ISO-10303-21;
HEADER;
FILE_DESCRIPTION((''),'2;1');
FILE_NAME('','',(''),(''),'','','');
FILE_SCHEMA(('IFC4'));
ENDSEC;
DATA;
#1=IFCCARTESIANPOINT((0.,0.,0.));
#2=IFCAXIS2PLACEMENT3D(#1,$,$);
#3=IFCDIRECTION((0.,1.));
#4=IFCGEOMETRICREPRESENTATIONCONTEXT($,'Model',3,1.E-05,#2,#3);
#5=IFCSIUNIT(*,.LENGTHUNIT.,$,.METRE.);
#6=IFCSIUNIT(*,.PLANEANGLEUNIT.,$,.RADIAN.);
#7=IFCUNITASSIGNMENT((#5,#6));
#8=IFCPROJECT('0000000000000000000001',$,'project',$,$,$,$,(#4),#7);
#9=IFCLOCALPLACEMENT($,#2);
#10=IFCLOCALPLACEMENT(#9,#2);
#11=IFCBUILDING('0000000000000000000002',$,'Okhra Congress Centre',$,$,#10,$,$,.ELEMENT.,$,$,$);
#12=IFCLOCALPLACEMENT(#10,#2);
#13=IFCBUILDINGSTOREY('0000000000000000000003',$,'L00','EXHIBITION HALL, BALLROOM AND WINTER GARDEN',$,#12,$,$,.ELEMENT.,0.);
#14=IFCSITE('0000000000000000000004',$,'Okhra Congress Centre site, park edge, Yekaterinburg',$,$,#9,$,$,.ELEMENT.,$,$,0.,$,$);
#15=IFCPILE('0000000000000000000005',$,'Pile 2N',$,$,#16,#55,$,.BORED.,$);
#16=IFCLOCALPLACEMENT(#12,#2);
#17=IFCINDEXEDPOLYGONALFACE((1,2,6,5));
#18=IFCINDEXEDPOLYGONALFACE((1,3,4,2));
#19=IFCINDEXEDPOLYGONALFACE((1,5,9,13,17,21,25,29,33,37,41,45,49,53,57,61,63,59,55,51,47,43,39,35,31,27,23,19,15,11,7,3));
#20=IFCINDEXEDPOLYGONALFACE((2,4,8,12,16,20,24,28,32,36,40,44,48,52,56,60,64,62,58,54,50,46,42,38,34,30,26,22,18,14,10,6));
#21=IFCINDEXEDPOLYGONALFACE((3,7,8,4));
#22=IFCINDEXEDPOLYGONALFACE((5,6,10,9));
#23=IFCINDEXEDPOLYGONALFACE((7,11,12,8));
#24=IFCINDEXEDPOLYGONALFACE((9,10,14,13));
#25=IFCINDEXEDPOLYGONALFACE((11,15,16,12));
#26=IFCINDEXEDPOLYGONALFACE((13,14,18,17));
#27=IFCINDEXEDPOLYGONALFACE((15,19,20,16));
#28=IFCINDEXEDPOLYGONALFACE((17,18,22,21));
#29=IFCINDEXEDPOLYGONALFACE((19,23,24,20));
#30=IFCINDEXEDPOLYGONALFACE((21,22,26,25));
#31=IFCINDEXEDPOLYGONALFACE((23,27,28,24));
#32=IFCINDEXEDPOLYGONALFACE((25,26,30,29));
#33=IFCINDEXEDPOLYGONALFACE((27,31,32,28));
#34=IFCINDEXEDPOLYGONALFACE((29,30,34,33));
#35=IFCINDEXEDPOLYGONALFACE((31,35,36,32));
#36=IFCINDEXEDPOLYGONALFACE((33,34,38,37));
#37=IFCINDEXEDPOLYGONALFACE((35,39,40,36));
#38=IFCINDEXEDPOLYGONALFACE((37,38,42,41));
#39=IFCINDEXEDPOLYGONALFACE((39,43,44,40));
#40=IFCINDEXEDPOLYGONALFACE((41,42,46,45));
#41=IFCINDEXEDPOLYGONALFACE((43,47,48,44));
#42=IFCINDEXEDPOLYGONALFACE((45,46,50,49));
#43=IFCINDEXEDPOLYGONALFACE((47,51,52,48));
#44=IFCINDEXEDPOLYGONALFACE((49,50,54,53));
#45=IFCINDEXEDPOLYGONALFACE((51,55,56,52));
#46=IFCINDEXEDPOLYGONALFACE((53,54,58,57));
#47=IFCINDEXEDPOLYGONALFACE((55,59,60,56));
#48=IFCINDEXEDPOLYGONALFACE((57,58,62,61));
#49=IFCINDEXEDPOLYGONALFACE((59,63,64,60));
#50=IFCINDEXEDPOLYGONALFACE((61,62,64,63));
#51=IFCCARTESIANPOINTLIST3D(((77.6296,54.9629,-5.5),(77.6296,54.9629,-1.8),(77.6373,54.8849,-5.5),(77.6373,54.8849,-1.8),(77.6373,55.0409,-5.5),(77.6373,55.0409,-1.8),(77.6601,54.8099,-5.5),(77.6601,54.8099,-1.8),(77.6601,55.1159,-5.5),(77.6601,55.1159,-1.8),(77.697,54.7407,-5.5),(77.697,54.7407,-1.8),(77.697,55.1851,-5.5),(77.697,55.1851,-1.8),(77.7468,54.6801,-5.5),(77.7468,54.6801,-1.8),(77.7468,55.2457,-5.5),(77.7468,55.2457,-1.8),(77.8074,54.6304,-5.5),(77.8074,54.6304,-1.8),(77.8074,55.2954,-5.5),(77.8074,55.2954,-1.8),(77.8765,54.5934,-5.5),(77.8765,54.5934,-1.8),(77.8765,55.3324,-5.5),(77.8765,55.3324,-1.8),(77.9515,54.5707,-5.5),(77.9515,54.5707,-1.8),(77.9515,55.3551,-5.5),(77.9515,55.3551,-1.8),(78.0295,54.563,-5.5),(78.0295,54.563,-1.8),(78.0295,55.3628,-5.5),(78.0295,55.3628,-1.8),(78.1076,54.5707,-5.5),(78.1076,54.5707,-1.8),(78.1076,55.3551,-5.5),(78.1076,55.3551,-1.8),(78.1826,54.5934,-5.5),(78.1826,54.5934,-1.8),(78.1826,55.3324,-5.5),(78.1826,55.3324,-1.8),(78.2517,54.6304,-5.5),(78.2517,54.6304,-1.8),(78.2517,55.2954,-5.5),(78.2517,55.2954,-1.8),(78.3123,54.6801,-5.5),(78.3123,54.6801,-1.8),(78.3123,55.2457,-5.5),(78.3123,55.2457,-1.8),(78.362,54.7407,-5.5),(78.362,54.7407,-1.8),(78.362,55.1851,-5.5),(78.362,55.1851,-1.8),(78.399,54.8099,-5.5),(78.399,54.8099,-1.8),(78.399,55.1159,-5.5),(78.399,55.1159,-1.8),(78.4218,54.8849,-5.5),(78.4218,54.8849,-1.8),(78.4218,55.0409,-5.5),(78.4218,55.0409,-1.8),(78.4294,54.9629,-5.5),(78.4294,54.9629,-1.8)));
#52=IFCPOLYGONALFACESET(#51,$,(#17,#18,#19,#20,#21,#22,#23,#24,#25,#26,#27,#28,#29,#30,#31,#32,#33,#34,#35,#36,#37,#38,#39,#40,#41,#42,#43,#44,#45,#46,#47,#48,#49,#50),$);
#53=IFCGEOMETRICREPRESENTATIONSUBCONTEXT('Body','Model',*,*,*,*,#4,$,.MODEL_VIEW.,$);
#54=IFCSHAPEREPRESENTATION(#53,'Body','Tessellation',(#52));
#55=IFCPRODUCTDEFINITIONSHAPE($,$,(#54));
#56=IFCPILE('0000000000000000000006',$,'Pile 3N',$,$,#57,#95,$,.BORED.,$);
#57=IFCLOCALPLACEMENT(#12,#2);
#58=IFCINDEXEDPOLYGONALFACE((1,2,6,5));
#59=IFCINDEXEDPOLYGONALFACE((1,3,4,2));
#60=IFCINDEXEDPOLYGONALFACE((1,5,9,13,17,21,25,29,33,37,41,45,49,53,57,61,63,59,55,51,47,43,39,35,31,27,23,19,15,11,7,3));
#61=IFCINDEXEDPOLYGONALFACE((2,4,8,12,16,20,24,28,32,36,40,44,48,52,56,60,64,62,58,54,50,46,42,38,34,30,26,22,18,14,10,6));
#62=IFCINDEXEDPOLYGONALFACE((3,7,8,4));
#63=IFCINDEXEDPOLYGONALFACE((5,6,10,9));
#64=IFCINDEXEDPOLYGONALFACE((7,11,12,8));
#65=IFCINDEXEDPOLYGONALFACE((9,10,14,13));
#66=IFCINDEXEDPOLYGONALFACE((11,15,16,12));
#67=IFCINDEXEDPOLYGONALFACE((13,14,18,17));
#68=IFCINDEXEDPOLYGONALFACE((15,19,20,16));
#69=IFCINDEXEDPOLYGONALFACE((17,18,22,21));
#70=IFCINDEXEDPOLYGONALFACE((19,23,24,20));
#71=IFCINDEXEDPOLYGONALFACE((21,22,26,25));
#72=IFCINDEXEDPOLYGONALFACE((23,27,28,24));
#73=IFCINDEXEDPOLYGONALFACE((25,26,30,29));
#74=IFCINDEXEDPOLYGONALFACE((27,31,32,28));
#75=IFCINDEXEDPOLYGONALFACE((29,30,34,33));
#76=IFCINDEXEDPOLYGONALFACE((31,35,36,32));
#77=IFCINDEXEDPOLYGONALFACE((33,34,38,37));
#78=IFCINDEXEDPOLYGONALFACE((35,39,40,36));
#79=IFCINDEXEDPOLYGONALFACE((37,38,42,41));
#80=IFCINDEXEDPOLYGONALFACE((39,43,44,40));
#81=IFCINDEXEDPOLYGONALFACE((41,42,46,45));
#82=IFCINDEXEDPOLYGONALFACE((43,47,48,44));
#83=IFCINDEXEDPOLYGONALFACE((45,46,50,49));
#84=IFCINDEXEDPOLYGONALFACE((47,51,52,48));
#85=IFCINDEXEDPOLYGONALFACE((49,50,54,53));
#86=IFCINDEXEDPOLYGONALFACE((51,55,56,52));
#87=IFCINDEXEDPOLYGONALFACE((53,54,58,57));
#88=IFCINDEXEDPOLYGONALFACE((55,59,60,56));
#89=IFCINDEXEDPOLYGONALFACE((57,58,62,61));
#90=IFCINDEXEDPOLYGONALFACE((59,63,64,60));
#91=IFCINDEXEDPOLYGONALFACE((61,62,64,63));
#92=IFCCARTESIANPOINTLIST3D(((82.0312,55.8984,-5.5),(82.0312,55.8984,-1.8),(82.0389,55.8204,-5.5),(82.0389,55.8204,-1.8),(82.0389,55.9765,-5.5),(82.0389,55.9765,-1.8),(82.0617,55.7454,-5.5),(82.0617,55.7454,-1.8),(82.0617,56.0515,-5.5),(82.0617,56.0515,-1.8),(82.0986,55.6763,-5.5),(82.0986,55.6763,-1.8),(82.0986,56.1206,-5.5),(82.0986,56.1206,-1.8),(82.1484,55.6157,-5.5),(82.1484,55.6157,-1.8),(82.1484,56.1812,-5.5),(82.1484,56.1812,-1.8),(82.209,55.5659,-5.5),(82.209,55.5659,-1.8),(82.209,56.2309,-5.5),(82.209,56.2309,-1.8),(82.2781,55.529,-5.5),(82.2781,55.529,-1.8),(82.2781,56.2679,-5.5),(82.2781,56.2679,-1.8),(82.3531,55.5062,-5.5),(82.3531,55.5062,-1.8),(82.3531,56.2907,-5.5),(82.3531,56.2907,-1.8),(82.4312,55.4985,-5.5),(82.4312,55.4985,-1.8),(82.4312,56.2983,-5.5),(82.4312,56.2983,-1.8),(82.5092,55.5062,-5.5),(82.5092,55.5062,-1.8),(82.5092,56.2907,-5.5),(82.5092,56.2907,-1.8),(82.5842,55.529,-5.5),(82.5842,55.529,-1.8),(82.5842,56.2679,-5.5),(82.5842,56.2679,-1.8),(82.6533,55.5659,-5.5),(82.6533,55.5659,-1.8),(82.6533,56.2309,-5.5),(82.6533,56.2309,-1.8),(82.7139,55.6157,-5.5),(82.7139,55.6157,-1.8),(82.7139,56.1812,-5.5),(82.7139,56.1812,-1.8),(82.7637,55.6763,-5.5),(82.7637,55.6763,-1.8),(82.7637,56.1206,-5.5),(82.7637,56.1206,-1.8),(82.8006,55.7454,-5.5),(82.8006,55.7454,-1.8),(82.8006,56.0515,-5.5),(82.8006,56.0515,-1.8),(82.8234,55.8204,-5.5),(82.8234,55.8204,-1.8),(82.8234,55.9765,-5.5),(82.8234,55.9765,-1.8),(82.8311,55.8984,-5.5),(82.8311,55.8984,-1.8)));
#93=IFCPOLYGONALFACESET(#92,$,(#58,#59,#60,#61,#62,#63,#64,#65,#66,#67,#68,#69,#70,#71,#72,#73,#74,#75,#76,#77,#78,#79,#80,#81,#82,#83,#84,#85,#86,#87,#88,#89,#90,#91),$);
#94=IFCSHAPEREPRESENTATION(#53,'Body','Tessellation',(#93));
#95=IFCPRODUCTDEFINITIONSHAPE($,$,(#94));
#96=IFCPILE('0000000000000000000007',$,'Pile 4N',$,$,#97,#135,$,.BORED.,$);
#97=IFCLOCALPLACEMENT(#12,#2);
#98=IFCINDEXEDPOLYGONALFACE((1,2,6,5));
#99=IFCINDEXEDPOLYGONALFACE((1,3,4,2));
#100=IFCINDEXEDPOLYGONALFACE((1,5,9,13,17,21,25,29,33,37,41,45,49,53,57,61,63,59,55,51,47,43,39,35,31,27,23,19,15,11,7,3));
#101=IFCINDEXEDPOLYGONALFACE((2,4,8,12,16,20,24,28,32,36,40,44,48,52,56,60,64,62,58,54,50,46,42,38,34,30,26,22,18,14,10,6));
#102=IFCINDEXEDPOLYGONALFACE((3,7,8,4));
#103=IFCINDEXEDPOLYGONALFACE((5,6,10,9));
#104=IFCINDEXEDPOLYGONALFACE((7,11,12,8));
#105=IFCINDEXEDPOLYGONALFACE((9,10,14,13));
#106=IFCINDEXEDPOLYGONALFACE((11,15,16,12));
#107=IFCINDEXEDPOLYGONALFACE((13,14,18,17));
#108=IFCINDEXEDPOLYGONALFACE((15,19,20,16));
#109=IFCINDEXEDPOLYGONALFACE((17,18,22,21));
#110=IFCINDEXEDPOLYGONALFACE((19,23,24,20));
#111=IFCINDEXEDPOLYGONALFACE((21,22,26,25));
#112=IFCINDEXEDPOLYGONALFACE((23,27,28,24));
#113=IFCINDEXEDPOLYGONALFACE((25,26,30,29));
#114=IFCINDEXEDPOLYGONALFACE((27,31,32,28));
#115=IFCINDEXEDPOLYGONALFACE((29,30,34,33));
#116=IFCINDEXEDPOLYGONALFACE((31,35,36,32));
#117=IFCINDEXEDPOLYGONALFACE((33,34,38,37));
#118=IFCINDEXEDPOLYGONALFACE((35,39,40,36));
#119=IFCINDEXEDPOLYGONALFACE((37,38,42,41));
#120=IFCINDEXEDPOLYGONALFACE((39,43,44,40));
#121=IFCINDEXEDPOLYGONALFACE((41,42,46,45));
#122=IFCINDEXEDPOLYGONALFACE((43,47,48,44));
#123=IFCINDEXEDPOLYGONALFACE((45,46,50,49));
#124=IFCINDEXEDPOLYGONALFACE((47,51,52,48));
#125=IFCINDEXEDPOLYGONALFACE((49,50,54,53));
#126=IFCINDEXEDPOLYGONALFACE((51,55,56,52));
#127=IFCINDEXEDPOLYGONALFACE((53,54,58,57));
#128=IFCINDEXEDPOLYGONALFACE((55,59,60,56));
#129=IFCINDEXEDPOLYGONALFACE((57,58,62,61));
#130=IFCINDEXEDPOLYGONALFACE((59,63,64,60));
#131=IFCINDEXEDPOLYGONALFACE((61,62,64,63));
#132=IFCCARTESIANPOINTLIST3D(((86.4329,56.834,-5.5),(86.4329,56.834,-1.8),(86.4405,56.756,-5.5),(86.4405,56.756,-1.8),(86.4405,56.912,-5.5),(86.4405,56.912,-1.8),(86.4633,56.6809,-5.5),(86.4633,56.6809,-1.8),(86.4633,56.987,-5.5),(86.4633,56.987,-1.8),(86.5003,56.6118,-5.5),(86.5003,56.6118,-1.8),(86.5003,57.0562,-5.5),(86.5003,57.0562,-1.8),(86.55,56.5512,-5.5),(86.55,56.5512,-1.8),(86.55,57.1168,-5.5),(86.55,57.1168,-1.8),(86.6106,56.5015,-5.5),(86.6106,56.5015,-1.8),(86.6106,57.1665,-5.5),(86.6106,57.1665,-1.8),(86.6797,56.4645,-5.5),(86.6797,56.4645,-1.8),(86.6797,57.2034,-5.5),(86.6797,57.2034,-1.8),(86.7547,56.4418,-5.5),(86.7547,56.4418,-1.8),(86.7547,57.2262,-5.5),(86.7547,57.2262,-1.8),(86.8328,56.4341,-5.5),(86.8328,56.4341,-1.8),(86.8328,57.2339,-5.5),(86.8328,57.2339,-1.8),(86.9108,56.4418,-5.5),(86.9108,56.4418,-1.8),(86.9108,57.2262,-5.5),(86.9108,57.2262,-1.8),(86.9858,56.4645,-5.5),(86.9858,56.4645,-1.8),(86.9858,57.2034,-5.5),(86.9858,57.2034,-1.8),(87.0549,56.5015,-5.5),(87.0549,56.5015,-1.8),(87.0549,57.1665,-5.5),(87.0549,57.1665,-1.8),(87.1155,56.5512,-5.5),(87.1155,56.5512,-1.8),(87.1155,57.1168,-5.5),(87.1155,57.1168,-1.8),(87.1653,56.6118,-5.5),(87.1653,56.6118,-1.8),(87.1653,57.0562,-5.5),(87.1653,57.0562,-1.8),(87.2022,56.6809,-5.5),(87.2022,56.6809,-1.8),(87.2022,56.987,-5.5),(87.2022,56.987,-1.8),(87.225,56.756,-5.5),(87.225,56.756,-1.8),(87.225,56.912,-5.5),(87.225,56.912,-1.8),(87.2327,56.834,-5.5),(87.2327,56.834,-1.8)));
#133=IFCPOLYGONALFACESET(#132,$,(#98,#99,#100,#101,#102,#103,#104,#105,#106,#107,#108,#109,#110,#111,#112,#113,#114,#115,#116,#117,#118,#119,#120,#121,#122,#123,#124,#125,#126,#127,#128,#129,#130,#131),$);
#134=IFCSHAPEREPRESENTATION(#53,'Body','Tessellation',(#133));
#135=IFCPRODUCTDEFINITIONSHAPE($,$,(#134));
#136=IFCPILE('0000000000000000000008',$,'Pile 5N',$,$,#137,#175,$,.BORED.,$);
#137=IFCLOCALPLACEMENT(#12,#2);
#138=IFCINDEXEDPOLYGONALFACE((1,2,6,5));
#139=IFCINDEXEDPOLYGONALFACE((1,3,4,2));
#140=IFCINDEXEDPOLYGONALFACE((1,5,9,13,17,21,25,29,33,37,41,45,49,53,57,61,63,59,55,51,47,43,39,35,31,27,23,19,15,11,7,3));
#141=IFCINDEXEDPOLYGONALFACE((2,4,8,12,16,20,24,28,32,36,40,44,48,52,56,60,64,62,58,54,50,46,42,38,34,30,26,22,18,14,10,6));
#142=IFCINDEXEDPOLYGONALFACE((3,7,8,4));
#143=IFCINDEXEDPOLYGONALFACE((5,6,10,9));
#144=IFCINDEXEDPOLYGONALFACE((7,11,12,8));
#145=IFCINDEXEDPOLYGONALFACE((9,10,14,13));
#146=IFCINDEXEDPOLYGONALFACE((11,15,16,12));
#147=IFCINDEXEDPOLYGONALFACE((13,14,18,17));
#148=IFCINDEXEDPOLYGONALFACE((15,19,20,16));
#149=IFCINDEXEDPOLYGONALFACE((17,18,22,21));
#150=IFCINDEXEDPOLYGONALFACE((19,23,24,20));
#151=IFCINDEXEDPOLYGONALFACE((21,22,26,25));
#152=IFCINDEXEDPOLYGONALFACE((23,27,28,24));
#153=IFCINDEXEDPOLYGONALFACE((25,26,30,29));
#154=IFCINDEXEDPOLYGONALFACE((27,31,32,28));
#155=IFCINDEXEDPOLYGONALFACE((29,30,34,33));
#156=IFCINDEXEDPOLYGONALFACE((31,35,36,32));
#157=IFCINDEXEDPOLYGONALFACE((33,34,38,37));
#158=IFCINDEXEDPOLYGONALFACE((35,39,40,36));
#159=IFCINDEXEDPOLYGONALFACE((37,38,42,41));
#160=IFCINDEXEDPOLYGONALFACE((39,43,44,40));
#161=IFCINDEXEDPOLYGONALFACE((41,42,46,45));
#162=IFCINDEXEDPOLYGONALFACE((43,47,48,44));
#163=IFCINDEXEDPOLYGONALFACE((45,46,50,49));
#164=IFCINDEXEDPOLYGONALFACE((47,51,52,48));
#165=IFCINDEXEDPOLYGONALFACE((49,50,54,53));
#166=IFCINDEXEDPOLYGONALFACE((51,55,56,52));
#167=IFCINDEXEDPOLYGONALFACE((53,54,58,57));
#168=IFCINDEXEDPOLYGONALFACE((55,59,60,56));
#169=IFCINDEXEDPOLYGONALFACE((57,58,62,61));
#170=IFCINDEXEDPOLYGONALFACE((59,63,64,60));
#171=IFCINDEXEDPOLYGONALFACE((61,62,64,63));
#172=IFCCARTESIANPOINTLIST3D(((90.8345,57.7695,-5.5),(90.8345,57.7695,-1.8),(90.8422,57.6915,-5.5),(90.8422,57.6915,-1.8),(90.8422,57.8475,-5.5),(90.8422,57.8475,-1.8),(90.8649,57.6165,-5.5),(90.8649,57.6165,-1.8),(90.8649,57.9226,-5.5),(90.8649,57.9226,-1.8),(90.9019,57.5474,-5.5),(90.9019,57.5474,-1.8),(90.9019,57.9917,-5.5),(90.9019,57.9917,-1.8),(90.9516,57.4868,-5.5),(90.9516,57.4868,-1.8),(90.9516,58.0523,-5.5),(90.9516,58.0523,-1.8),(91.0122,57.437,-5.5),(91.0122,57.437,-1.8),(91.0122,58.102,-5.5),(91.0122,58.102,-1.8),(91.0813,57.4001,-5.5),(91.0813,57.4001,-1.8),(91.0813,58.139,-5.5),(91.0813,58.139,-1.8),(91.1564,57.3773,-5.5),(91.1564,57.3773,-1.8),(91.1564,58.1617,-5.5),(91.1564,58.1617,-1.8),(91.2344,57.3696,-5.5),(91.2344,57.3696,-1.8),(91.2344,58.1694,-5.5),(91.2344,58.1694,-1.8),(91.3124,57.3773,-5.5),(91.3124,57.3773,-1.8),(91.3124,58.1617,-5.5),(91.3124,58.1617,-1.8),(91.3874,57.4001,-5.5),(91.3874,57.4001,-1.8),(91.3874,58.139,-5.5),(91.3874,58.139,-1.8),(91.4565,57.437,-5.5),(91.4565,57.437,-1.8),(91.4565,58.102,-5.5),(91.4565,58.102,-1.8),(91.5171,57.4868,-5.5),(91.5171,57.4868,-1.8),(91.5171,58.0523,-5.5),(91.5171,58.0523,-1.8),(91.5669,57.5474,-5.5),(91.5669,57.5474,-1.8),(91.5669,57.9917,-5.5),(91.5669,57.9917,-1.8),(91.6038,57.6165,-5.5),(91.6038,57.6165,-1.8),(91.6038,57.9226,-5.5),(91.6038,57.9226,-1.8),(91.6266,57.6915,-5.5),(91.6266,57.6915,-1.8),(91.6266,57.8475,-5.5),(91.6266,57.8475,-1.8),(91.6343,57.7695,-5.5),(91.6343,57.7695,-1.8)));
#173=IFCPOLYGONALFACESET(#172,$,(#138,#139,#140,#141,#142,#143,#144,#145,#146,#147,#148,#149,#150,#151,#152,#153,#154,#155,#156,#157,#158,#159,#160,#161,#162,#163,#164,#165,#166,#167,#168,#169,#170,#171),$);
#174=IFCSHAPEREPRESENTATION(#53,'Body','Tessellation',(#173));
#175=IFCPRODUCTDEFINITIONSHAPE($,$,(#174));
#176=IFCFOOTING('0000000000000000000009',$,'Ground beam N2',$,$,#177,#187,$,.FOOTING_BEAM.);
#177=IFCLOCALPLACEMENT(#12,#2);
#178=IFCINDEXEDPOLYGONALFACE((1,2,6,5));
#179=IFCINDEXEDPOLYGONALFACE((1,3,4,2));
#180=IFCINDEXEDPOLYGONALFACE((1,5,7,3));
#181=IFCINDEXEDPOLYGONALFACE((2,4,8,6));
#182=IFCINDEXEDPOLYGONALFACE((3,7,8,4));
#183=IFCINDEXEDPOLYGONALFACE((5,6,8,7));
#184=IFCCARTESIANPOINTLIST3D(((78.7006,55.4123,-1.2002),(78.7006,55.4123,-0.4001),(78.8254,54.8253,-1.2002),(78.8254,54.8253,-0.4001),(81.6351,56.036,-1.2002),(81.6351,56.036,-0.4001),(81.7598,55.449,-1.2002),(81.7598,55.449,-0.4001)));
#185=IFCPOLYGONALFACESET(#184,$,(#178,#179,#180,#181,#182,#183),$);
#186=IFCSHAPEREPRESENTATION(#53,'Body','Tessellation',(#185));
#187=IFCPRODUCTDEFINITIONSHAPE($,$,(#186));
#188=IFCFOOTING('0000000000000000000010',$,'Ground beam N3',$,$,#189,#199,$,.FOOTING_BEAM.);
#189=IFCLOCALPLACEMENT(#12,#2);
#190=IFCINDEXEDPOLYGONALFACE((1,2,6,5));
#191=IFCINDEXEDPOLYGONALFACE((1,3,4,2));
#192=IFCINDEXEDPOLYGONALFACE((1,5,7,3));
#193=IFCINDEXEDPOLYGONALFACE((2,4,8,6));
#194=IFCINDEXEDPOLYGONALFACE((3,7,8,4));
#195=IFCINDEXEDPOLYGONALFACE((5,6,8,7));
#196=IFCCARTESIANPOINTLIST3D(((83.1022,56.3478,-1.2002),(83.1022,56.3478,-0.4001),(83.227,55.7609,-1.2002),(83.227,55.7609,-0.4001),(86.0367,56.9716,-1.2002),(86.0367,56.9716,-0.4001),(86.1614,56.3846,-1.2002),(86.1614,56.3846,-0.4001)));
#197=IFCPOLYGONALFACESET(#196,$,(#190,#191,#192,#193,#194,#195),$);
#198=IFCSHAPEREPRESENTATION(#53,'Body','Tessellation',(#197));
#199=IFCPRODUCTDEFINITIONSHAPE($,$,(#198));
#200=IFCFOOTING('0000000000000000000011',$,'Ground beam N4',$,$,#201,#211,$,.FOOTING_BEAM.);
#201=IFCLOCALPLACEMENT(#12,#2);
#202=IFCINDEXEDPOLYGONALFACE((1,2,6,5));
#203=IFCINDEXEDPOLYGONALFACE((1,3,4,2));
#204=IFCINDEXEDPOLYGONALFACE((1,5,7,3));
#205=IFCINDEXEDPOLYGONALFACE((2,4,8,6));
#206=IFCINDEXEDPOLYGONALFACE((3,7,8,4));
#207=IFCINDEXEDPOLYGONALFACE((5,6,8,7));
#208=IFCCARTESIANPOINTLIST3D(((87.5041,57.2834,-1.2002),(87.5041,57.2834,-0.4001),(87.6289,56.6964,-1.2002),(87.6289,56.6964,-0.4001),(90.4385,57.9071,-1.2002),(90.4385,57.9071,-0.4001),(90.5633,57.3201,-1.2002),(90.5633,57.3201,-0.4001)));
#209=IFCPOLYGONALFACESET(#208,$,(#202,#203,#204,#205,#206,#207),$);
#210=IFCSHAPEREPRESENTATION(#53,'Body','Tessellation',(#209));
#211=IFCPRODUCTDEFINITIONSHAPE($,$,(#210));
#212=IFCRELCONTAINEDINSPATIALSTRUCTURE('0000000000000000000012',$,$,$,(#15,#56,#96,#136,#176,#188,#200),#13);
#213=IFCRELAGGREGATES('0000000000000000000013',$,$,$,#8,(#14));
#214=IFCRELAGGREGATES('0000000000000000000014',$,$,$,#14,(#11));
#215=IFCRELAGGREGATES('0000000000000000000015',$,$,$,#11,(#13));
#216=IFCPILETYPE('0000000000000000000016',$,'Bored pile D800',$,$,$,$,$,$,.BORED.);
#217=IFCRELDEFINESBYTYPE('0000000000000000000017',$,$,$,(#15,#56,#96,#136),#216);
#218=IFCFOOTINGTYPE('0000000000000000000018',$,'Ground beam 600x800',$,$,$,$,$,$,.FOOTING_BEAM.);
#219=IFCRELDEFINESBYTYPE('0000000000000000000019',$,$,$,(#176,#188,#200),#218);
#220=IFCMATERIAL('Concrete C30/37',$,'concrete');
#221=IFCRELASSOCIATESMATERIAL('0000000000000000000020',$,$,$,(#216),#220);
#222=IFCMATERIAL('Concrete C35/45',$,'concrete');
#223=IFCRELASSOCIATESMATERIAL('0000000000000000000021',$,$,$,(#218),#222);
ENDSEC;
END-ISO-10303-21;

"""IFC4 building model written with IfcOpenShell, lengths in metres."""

from ifc_helpers import new_model, si_unit, direction, frame, origin, origin_2d, place, context, subcontext, project, spatial, rectangle, circle, extrude, material, material_profile, profile_set, type_object, element, save


model = new_model("IFC4")

# Units and contexts
model_context = context("Model", 3, precision=1e-05, world=origin(), true_north=direction((0.0, 1.0)))
body_context = subcontext(model_context, "Body", "Model", "MODEL_VIEW")
ifc_project = project(units=[si_unit("LENGTHUNIT", "METRE"), si_unit("PLANEANGLEUNIT", "RADIAN")], contexts=[model_context])

# Site, building, storey
site_placement = place(None, origin())
site = spatial("IfcSite", under=ifc_project, at=site_placement, Name="Okhra Congress Centre site, park edge, Yekaterinburg", CompositionType="ELEMENT", RefElevation=0.0)
building_placement = place(site_placement, origin())
building = spatial("IfcBuilding", under=site, at=building_placement, Name="Okhra Congress Centre", CompositionType="ELEMENT")
storey_placement = place(building_placement, origin())
storey = spatial("IfcBuildingStorey", under=building, at=storey_placement, Name="L00", Description="EXHIBITION HALL, BALLROOM AND WINTER GARDEN", CompositionType="ELEMENT", Elevation=0.0)

# Piles
ifc_material_1 = material(Name="Concrete C30/37", Category="concrete")
ifc_material_profile_1 = material_profile(ifc_material_1, circle(Radius=0.3999, at=origin_2d()), Name="D800")
ifc_profile_set_1 = profile_set([ifc_material_profile_1], Name="Concrete C30/37")
pile_type = type_object("IfcPileType", Name="Bored pile D800", PredefinedType="BORED", material=ifc_profile_set_1)
for number, where, z_axis, x_axis, name in (
    (1, (78.0295, 54.9629, -1.8), (0.0, 0.0, -1.0), (1.0, 0.0, 0.0), "Pile 2N"),
    (2, (82.4312, 55.8984, -1.8), (0.0, 0.0, -1.0), (1.0, 0.0, 0.0), "Pile 3N"),
    (3, (86.8328, 56.834, -1.8), (0.0, 0.0, -1.0), (1.0, 0.0, 0.0), "Pile 4N"),
    (4, (91.2344, 57.7695, -1.8), (0.0, 0.0, -1.0), (1.0, 0.0, 0.0), "Pile 5N"),
):
    element("IfcPile", number, at=place(storey_placement, frame(where, z_axis=z_axis, x_axis=x_axis)), inside=storey, type_object=pile_type, Name=name, PredefinedType="BORED", context=body_context, shape_type="SweptSolid", body=[
        extrude(circle(Radius=0.3999, at=origin_2d()), origin(), (0.0, 0.0, 1.0), 3.7),
    ])

# Footings
ifc_material_2 = material(Name="Concrete C35/45", Category="concrete")
footing_type_1 = type_object("IfcFootingType", Name="Ground beam 600x800", PredefinedType="FOOTING_BEAM", material=ifc_material_2)
for number, where, z_axis, x_axis, name in (
    (5, (80.2302, 55.4307, -1.2002), (0.0, 0.0, 1.0), (0.978148, 0.207912, 0.0), "Ground beam N2"),
    (6, (84.6318, 56.3662, -1.2002), (0.0, 0.0, 1.0), (0.978148, 0.207912, 0.0), "Ground beam N3"),
    (7, (89.0337, 57.3018, -1.2002), (0.0, 0.0, 1.0), (0.978148, 0.207912, 0.0), "Ground beam N4"),
):
    element("IfcFooting", number, at=place(storey_placement, frame(where, z_axis=z_axis, x_axis=x_axis)), inside=storey, type_object=footing_type_1, Name=name, PredefinedType="FOOTING_BEAM", context=body_context, shape_type="SweptSolid", body=[
        extrude(rectangle(XDim=3.0, YDim=0.6001, at=origin_2d()), origin(), (0.0, 0.0, 1.0), 0.8),
    ])

save(model, "model.ifc")
